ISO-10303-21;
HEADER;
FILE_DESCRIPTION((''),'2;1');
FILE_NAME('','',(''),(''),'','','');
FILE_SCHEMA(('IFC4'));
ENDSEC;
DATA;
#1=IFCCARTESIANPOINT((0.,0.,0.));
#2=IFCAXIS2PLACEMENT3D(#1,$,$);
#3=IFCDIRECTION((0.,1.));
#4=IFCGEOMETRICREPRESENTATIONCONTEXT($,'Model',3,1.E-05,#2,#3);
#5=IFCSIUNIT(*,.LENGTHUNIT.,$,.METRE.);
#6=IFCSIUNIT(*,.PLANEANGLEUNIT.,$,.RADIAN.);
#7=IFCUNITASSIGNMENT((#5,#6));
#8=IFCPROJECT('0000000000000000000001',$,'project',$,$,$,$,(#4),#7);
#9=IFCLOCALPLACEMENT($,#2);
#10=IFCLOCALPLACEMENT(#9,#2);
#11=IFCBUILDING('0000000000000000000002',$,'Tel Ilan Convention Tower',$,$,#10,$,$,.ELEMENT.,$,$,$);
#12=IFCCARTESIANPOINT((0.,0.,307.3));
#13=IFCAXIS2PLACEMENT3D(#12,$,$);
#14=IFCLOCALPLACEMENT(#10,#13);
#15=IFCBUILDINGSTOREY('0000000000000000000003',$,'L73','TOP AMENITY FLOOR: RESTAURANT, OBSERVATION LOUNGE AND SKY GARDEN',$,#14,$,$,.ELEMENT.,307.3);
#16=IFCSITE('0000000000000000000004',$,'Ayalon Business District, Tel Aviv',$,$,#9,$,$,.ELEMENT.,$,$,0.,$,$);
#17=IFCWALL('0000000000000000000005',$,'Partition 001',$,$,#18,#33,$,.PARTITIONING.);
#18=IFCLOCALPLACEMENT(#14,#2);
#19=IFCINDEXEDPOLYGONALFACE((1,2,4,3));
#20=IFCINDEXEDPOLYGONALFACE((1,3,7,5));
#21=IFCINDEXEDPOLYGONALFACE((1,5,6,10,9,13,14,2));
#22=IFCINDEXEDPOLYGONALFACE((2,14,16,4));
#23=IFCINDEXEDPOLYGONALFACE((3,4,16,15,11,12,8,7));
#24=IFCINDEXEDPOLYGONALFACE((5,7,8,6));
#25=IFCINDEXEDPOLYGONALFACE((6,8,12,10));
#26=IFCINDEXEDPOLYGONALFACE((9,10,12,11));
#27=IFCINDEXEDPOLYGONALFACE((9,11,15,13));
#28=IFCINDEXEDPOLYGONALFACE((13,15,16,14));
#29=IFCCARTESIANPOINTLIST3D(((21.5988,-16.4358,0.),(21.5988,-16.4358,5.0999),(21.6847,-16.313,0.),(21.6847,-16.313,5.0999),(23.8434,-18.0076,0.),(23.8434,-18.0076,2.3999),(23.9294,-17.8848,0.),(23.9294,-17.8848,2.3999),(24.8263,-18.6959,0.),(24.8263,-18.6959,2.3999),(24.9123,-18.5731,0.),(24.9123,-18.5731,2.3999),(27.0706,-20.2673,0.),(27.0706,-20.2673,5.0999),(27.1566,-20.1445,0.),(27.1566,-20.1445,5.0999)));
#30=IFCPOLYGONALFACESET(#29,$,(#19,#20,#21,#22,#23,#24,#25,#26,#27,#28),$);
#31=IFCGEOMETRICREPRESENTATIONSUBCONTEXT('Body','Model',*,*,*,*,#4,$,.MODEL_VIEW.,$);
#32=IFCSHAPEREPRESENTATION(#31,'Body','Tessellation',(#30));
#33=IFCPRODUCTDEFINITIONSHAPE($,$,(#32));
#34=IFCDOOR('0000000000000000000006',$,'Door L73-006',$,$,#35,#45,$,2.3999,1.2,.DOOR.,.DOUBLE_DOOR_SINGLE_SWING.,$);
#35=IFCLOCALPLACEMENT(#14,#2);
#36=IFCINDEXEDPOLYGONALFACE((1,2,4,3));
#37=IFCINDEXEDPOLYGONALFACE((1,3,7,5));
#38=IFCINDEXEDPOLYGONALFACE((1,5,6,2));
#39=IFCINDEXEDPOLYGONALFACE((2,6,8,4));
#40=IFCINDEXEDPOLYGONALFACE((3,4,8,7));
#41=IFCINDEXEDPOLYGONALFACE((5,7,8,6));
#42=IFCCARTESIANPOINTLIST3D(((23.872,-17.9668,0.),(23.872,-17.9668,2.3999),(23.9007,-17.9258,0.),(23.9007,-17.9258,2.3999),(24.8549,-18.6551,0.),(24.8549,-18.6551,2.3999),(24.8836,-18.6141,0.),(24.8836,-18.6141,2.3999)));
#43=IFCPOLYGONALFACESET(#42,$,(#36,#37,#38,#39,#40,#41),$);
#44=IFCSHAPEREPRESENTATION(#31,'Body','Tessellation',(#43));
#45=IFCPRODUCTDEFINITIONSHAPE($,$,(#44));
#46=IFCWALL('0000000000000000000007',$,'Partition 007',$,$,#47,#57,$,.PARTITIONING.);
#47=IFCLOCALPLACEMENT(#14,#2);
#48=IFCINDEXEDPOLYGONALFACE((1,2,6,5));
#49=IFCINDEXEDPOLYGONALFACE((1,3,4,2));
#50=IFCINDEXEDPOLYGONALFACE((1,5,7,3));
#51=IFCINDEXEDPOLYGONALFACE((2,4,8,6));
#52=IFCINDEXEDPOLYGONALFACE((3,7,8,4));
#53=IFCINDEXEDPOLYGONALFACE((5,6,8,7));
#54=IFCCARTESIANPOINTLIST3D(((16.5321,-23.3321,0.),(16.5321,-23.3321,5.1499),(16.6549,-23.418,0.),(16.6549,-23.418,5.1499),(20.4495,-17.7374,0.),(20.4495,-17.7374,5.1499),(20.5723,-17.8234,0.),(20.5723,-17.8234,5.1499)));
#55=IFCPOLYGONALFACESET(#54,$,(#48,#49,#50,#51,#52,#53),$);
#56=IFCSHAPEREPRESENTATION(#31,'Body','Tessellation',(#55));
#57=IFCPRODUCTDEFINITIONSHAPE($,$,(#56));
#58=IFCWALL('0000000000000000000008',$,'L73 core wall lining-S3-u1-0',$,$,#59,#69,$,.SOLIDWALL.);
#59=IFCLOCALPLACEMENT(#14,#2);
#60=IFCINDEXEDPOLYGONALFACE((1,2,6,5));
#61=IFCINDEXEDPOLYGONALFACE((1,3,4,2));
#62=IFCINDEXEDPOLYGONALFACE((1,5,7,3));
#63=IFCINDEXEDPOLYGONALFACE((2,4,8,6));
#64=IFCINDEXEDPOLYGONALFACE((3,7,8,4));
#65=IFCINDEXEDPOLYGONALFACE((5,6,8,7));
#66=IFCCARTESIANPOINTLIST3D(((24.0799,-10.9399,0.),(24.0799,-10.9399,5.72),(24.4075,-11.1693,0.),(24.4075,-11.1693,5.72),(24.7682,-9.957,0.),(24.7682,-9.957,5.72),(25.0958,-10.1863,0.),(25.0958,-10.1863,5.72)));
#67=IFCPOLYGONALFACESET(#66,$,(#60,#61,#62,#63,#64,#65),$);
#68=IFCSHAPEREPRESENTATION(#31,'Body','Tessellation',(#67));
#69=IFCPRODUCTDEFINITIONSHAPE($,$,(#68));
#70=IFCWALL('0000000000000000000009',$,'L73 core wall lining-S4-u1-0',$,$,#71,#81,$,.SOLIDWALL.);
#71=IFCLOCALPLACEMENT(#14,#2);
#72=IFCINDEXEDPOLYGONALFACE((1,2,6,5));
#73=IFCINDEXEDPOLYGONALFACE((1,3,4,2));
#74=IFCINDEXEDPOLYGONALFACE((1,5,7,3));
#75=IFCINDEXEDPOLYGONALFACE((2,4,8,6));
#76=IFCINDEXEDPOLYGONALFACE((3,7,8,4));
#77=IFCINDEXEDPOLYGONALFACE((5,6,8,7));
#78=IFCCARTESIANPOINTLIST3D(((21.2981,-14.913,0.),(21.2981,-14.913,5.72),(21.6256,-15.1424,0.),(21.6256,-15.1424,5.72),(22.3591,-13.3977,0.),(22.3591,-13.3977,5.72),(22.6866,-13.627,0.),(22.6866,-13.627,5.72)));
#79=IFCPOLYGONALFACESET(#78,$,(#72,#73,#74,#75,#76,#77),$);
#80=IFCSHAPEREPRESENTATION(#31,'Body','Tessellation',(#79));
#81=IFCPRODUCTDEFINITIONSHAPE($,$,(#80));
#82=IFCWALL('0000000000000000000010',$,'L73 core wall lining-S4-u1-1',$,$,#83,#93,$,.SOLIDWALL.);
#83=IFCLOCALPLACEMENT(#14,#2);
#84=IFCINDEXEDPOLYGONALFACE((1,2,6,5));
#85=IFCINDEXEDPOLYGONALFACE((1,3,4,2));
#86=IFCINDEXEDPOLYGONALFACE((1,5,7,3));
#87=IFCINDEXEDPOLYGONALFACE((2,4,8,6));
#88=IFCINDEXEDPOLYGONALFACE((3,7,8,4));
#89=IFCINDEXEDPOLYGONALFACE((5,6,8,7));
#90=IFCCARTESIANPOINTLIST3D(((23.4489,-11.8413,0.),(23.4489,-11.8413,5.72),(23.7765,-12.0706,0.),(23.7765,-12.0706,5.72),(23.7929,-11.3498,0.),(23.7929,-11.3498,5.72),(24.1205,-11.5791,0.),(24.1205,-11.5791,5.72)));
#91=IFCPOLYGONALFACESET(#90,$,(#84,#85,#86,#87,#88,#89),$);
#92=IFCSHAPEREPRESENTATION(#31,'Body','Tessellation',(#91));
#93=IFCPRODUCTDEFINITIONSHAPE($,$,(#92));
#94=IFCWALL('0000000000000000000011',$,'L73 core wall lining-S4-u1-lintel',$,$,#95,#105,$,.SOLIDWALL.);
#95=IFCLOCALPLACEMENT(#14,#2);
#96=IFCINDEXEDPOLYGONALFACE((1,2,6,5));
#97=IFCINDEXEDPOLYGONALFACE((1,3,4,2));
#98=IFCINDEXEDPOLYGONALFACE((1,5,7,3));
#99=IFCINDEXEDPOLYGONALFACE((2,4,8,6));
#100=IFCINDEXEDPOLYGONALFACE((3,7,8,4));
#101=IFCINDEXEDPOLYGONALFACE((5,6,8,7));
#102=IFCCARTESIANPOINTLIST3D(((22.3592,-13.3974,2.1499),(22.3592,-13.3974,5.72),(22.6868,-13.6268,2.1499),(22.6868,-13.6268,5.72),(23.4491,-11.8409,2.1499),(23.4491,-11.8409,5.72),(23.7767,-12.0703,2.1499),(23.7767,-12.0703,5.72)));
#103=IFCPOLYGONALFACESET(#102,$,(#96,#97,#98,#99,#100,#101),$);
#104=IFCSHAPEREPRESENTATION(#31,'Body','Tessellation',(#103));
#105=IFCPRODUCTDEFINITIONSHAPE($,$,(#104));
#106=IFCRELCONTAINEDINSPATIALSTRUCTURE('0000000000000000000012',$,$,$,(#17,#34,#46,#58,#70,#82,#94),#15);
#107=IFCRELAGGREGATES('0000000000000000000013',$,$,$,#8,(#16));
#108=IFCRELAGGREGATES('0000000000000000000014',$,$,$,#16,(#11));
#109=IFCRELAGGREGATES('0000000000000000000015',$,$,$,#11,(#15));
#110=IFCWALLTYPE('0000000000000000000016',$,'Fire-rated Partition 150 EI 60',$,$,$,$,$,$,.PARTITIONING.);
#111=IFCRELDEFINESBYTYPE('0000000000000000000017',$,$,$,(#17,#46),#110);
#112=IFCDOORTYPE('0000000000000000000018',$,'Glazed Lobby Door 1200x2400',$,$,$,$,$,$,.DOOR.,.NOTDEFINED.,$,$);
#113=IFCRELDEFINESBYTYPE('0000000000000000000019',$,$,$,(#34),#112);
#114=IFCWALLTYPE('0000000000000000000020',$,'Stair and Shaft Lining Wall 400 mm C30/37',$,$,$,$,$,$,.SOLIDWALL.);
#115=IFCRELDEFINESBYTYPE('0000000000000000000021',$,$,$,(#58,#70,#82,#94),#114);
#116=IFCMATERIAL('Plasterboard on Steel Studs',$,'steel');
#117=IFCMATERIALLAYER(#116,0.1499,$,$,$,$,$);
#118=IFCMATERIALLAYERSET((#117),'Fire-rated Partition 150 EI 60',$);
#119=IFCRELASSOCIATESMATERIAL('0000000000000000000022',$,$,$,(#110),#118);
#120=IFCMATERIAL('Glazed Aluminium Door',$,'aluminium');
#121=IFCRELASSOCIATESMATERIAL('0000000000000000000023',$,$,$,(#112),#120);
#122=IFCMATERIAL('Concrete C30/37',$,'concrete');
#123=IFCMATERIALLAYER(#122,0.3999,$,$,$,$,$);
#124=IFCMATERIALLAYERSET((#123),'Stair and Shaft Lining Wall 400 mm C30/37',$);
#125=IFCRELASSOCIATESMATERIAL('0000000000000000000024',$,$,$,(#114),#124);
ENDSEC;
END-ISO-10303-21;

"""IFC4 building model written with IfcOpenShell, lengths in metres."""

from ifc_helpers import new_model, si_unit, direction, frame, frame_2d, origin, place, context, subcontext, project, spatial, rectangle, extrude, material, layer, layer_set, type_object, element, fill, save


model = new_model("IFC4")

# Units and contexts
model_context = context("Model", 3, precision=1e-05, world=origin(), true_north=direction((0.0, 1.0)))
body_context = subcontext(model_context, "Body", "Model", "MODEL_VIEW")
ifc_project = project(units=[si_unit("LENGTHUNIT", "METRE"), si_unit("PLANEANGLEUNIT", "RADIAN")], contexts=[model_context])

# Site, building, storey
site_placement = place(None, origin())
site = spatial("IfcSite", under=ifc_project, at=site_placement, Name="Ayalon Business District, Tel Aviv", CompositionType="ELEMENT", RefElevation=0.0)
building_placement = place(site_placement, origin())
building = spatial("IfcBuilding", under=site, at=building_placement, Name="Tel Ilan Convention Tower", CompositionType="ELEMENT")
storey_placement = place(building_placement, frame((0.0, 0.0, 307.3)))
storey = spatial("IfcBuildingStorey", under=building, at=storey_placement, Name="L73", Description="TOP AMENITY FLOOR: RESTAURANT, OBSERVATION LOUNGE AND SKY GARDEN", CompositionType="ELEMENT", Elevation=307.3)

# Wall, opening, door
ifc_material_1 = material(Name="Plasterboard on Steel Studs", Category="steel")
ifc_layer_1 = layer(ifc_material_1, 0.1499)
ifc_layer_set_1 = layer_set([ifc_layer_1], Name="Fire-rated Partition 150 EI 60")
wall_type_1 = type_object("IfcWallType", Name="Fire-rated Partition 150 EI 60", PredefinedType="PARTITIONING", material=ifc_layer_set_1)
wall_1_placement = place(storey_placement, frame((21.6418, -16.3745, 0.0), z_axis=(0.0, 0.0, 1.0), x_axis=(0.819148, -0.573583, 0.0)))
wall_1 = element("IfcWall", 1, at=wall_1_placement, inside=storey, type_object=wall_type_1, Name="Partition 001", PredefinedType="PARTITIONING", context=body_context, shape_type="SweptSolid", body=[
    extrude(rectangle(XDim=6.6799, YDim=0.1499, at=frame_2d((3.3398, 0.0))), origin(), (0.0, 0.0, 1.0), 5.0999),
])
opening_1_placement = place(wall_1_placement, frame((2.74, 0.0, 0.0)))
opening_1 = element("IfcOpeningElement", 2, at=opening_1_placement, cuts=wall_1, PredefinedType="OPENING", context=body_context, shape_type="SweptSolid", body=[
    extrude(rectangle(XDim=1.2, YDim=2.3999, at=frame_2d((0.6001, 1.2))), frame((0.0, 0.085, 0.0), z_axis=(0.0, -1.0, 0.0), x_axis=(1.0, 0.0, 0.0)), (0.0, 0.0, 1.0), 0.1699),
])
ifc_material_2 = material(Name="Glazed Aluminium Door", Category="aluminium")
door_type_1 = type_object("IfcDoorType", Name="Glazed Lobby Door 1200x2400", OperationType="NOTDEFINED", PredefinedType="DOOR", material=ifc_material_2)
door_1_placement = place(opening_1_placement, origin())
door_1 = element("IfcDoor", 3, at=door_1_placement, inside=storey, type_object=door_type_1, Name="Door L73-006", OperationType="DOUBLE_DOOR_SINGLE_SWING", OverallHeight=2.3999, OverallWidth=1.2, PredefinedType="DOOR", context=body_context, shape_type="SweptSolid", body=[
    extrude(rectangle(XDim=1.2, YDim=2.3999, at=frame_2d((0.6001, 1.2))), frame((0.0, 0.0249, 0.0), z_axis=(0.0, -1.0, 0.0), x_axis=(1.0, 0.0, 0.0)), (0.0, 0.0, 1.0), 0.05),
])
fill(opening_1, door_1)

# Walls
wall_2_placement = place(storey_placement, frame((20.511, -17.7803, 0.0), z_axis=(0.0, 0.0, 1.0), x_axis=(-0.573577, -0.819151, 0.0)))
element("IfcWall", 4, at=wall_2_placement, inside=storey, type_object=wall_type_1, Name="Partition 007", PredefinedType="PARTITIONING", context=body_context, shape_type="SweptSolid", body=[
    extrude(rectangle(XDim=6.8298, YDim=0.1499, at=frame_2d((3.415, 0.0))), origin(), (0.0, 0.0, 1.0), 5.1499),
])
ifc_material_3 = material(Name="Concrete C30/37", Category="concrete")
ifc_layer_2 = layer(ifc_material_3, 0.3999)
ifc_layer_set_2 = layer_set([ifc_layer_2], Name="Stair and Shaft Lining Wall 400 mm C30/37")
wall_type_2 = type_object("IfcWallType", Name="Stair and Shaft Lining Wall 400 mm C30/37", PredefinedType="SOLIDWALL", material=ifc_layer_set_2)
wall_3_placement = place(storey_placement, frame((24.2437, -11.0547, 0.0), z_axis=(0.0, 0.0, 1.0), x_axis=(0.573572, 0.819155, 0.0)))
element("IfcWall", 5, at=wall_3_placement, inside=storey, type_object=wall_type_2, Name="L73 core wall lining-S3-u1-0", PredefinedType="SOLIDWALL", context=body_context, shape_type="SweptSolid", body=[
    extrude(rectangle(XDim=1.2, YDim=0.3999, at=frame_2d((0.6001, 0.0))), origin(), (0.0, 0.0, 1.0), 5.72),
])
wall_4_placement = place(storey_placement, frame((21.4619, -15.0276, 0.0), z_axis=(0.0, 0.0, 1.0), x_axis=(0.57356, 0.819164, 0.0)))
element("IfcWall", 6, at=wall_4_placement, inside=storey, type_object=wall_type_2, Name="L73 core wall lining-S4-u1-0", PredefinedType="SOLIDWALL", context=body_context, shape_type="SweptSolid", body=[
    extrude(rectangle(XDim=1.8499, YDim=0.3999, at=frame_2d((0.9248, 0.0))), origin(), (0.0, 0.0, 1.0), 5.72),
])
wall_5_placement = place(storey_placement, frame((23.6128, -11.9558, 0.0), z_axis=(0.0, 0.0, 1.0), x_axis=(0.573435, 0.819251, 0.0)))
element("IfcWall", 7, at=wall_5_placement, inside=storey, type_object=wall_type_2, Name="L73 core wall lining-S4-u1-1", PredefinedType="SOLIDWALL", context=body_context, shape_type="SweptSolid", body=[
    extrude(rectangle(XDim=0.5999, YDim=0.3999, at=frame_2d((0.2998, 0.0))), origin(), (0.0, 0.0, 1.0), 5.72),
])
wall_6_placement = place(storey_placement, frame((22.5229, -13.5122, 2.1499), z_axis=(0.0, 0.0, 1.0), x_axis=(0.573592, 0.819141, 0.0)))
element("IfcWall", 8, at=wall_6_placement, inside=storey, type_object=wall_type_2, Name="L73 core wall lining-S4-u1-lintel", PredefinedType="SOLIDWALL", context=body_context, shape_type="SweptSolid", body=[
    extrude(rectangle(XDim=1.9001, YDim=0.3999, at=frame_2d((0.9502, 0.0))), origin(), (0.0, 0.0, 1.0), 3.5701),
])

save(model, "model.ifc")
